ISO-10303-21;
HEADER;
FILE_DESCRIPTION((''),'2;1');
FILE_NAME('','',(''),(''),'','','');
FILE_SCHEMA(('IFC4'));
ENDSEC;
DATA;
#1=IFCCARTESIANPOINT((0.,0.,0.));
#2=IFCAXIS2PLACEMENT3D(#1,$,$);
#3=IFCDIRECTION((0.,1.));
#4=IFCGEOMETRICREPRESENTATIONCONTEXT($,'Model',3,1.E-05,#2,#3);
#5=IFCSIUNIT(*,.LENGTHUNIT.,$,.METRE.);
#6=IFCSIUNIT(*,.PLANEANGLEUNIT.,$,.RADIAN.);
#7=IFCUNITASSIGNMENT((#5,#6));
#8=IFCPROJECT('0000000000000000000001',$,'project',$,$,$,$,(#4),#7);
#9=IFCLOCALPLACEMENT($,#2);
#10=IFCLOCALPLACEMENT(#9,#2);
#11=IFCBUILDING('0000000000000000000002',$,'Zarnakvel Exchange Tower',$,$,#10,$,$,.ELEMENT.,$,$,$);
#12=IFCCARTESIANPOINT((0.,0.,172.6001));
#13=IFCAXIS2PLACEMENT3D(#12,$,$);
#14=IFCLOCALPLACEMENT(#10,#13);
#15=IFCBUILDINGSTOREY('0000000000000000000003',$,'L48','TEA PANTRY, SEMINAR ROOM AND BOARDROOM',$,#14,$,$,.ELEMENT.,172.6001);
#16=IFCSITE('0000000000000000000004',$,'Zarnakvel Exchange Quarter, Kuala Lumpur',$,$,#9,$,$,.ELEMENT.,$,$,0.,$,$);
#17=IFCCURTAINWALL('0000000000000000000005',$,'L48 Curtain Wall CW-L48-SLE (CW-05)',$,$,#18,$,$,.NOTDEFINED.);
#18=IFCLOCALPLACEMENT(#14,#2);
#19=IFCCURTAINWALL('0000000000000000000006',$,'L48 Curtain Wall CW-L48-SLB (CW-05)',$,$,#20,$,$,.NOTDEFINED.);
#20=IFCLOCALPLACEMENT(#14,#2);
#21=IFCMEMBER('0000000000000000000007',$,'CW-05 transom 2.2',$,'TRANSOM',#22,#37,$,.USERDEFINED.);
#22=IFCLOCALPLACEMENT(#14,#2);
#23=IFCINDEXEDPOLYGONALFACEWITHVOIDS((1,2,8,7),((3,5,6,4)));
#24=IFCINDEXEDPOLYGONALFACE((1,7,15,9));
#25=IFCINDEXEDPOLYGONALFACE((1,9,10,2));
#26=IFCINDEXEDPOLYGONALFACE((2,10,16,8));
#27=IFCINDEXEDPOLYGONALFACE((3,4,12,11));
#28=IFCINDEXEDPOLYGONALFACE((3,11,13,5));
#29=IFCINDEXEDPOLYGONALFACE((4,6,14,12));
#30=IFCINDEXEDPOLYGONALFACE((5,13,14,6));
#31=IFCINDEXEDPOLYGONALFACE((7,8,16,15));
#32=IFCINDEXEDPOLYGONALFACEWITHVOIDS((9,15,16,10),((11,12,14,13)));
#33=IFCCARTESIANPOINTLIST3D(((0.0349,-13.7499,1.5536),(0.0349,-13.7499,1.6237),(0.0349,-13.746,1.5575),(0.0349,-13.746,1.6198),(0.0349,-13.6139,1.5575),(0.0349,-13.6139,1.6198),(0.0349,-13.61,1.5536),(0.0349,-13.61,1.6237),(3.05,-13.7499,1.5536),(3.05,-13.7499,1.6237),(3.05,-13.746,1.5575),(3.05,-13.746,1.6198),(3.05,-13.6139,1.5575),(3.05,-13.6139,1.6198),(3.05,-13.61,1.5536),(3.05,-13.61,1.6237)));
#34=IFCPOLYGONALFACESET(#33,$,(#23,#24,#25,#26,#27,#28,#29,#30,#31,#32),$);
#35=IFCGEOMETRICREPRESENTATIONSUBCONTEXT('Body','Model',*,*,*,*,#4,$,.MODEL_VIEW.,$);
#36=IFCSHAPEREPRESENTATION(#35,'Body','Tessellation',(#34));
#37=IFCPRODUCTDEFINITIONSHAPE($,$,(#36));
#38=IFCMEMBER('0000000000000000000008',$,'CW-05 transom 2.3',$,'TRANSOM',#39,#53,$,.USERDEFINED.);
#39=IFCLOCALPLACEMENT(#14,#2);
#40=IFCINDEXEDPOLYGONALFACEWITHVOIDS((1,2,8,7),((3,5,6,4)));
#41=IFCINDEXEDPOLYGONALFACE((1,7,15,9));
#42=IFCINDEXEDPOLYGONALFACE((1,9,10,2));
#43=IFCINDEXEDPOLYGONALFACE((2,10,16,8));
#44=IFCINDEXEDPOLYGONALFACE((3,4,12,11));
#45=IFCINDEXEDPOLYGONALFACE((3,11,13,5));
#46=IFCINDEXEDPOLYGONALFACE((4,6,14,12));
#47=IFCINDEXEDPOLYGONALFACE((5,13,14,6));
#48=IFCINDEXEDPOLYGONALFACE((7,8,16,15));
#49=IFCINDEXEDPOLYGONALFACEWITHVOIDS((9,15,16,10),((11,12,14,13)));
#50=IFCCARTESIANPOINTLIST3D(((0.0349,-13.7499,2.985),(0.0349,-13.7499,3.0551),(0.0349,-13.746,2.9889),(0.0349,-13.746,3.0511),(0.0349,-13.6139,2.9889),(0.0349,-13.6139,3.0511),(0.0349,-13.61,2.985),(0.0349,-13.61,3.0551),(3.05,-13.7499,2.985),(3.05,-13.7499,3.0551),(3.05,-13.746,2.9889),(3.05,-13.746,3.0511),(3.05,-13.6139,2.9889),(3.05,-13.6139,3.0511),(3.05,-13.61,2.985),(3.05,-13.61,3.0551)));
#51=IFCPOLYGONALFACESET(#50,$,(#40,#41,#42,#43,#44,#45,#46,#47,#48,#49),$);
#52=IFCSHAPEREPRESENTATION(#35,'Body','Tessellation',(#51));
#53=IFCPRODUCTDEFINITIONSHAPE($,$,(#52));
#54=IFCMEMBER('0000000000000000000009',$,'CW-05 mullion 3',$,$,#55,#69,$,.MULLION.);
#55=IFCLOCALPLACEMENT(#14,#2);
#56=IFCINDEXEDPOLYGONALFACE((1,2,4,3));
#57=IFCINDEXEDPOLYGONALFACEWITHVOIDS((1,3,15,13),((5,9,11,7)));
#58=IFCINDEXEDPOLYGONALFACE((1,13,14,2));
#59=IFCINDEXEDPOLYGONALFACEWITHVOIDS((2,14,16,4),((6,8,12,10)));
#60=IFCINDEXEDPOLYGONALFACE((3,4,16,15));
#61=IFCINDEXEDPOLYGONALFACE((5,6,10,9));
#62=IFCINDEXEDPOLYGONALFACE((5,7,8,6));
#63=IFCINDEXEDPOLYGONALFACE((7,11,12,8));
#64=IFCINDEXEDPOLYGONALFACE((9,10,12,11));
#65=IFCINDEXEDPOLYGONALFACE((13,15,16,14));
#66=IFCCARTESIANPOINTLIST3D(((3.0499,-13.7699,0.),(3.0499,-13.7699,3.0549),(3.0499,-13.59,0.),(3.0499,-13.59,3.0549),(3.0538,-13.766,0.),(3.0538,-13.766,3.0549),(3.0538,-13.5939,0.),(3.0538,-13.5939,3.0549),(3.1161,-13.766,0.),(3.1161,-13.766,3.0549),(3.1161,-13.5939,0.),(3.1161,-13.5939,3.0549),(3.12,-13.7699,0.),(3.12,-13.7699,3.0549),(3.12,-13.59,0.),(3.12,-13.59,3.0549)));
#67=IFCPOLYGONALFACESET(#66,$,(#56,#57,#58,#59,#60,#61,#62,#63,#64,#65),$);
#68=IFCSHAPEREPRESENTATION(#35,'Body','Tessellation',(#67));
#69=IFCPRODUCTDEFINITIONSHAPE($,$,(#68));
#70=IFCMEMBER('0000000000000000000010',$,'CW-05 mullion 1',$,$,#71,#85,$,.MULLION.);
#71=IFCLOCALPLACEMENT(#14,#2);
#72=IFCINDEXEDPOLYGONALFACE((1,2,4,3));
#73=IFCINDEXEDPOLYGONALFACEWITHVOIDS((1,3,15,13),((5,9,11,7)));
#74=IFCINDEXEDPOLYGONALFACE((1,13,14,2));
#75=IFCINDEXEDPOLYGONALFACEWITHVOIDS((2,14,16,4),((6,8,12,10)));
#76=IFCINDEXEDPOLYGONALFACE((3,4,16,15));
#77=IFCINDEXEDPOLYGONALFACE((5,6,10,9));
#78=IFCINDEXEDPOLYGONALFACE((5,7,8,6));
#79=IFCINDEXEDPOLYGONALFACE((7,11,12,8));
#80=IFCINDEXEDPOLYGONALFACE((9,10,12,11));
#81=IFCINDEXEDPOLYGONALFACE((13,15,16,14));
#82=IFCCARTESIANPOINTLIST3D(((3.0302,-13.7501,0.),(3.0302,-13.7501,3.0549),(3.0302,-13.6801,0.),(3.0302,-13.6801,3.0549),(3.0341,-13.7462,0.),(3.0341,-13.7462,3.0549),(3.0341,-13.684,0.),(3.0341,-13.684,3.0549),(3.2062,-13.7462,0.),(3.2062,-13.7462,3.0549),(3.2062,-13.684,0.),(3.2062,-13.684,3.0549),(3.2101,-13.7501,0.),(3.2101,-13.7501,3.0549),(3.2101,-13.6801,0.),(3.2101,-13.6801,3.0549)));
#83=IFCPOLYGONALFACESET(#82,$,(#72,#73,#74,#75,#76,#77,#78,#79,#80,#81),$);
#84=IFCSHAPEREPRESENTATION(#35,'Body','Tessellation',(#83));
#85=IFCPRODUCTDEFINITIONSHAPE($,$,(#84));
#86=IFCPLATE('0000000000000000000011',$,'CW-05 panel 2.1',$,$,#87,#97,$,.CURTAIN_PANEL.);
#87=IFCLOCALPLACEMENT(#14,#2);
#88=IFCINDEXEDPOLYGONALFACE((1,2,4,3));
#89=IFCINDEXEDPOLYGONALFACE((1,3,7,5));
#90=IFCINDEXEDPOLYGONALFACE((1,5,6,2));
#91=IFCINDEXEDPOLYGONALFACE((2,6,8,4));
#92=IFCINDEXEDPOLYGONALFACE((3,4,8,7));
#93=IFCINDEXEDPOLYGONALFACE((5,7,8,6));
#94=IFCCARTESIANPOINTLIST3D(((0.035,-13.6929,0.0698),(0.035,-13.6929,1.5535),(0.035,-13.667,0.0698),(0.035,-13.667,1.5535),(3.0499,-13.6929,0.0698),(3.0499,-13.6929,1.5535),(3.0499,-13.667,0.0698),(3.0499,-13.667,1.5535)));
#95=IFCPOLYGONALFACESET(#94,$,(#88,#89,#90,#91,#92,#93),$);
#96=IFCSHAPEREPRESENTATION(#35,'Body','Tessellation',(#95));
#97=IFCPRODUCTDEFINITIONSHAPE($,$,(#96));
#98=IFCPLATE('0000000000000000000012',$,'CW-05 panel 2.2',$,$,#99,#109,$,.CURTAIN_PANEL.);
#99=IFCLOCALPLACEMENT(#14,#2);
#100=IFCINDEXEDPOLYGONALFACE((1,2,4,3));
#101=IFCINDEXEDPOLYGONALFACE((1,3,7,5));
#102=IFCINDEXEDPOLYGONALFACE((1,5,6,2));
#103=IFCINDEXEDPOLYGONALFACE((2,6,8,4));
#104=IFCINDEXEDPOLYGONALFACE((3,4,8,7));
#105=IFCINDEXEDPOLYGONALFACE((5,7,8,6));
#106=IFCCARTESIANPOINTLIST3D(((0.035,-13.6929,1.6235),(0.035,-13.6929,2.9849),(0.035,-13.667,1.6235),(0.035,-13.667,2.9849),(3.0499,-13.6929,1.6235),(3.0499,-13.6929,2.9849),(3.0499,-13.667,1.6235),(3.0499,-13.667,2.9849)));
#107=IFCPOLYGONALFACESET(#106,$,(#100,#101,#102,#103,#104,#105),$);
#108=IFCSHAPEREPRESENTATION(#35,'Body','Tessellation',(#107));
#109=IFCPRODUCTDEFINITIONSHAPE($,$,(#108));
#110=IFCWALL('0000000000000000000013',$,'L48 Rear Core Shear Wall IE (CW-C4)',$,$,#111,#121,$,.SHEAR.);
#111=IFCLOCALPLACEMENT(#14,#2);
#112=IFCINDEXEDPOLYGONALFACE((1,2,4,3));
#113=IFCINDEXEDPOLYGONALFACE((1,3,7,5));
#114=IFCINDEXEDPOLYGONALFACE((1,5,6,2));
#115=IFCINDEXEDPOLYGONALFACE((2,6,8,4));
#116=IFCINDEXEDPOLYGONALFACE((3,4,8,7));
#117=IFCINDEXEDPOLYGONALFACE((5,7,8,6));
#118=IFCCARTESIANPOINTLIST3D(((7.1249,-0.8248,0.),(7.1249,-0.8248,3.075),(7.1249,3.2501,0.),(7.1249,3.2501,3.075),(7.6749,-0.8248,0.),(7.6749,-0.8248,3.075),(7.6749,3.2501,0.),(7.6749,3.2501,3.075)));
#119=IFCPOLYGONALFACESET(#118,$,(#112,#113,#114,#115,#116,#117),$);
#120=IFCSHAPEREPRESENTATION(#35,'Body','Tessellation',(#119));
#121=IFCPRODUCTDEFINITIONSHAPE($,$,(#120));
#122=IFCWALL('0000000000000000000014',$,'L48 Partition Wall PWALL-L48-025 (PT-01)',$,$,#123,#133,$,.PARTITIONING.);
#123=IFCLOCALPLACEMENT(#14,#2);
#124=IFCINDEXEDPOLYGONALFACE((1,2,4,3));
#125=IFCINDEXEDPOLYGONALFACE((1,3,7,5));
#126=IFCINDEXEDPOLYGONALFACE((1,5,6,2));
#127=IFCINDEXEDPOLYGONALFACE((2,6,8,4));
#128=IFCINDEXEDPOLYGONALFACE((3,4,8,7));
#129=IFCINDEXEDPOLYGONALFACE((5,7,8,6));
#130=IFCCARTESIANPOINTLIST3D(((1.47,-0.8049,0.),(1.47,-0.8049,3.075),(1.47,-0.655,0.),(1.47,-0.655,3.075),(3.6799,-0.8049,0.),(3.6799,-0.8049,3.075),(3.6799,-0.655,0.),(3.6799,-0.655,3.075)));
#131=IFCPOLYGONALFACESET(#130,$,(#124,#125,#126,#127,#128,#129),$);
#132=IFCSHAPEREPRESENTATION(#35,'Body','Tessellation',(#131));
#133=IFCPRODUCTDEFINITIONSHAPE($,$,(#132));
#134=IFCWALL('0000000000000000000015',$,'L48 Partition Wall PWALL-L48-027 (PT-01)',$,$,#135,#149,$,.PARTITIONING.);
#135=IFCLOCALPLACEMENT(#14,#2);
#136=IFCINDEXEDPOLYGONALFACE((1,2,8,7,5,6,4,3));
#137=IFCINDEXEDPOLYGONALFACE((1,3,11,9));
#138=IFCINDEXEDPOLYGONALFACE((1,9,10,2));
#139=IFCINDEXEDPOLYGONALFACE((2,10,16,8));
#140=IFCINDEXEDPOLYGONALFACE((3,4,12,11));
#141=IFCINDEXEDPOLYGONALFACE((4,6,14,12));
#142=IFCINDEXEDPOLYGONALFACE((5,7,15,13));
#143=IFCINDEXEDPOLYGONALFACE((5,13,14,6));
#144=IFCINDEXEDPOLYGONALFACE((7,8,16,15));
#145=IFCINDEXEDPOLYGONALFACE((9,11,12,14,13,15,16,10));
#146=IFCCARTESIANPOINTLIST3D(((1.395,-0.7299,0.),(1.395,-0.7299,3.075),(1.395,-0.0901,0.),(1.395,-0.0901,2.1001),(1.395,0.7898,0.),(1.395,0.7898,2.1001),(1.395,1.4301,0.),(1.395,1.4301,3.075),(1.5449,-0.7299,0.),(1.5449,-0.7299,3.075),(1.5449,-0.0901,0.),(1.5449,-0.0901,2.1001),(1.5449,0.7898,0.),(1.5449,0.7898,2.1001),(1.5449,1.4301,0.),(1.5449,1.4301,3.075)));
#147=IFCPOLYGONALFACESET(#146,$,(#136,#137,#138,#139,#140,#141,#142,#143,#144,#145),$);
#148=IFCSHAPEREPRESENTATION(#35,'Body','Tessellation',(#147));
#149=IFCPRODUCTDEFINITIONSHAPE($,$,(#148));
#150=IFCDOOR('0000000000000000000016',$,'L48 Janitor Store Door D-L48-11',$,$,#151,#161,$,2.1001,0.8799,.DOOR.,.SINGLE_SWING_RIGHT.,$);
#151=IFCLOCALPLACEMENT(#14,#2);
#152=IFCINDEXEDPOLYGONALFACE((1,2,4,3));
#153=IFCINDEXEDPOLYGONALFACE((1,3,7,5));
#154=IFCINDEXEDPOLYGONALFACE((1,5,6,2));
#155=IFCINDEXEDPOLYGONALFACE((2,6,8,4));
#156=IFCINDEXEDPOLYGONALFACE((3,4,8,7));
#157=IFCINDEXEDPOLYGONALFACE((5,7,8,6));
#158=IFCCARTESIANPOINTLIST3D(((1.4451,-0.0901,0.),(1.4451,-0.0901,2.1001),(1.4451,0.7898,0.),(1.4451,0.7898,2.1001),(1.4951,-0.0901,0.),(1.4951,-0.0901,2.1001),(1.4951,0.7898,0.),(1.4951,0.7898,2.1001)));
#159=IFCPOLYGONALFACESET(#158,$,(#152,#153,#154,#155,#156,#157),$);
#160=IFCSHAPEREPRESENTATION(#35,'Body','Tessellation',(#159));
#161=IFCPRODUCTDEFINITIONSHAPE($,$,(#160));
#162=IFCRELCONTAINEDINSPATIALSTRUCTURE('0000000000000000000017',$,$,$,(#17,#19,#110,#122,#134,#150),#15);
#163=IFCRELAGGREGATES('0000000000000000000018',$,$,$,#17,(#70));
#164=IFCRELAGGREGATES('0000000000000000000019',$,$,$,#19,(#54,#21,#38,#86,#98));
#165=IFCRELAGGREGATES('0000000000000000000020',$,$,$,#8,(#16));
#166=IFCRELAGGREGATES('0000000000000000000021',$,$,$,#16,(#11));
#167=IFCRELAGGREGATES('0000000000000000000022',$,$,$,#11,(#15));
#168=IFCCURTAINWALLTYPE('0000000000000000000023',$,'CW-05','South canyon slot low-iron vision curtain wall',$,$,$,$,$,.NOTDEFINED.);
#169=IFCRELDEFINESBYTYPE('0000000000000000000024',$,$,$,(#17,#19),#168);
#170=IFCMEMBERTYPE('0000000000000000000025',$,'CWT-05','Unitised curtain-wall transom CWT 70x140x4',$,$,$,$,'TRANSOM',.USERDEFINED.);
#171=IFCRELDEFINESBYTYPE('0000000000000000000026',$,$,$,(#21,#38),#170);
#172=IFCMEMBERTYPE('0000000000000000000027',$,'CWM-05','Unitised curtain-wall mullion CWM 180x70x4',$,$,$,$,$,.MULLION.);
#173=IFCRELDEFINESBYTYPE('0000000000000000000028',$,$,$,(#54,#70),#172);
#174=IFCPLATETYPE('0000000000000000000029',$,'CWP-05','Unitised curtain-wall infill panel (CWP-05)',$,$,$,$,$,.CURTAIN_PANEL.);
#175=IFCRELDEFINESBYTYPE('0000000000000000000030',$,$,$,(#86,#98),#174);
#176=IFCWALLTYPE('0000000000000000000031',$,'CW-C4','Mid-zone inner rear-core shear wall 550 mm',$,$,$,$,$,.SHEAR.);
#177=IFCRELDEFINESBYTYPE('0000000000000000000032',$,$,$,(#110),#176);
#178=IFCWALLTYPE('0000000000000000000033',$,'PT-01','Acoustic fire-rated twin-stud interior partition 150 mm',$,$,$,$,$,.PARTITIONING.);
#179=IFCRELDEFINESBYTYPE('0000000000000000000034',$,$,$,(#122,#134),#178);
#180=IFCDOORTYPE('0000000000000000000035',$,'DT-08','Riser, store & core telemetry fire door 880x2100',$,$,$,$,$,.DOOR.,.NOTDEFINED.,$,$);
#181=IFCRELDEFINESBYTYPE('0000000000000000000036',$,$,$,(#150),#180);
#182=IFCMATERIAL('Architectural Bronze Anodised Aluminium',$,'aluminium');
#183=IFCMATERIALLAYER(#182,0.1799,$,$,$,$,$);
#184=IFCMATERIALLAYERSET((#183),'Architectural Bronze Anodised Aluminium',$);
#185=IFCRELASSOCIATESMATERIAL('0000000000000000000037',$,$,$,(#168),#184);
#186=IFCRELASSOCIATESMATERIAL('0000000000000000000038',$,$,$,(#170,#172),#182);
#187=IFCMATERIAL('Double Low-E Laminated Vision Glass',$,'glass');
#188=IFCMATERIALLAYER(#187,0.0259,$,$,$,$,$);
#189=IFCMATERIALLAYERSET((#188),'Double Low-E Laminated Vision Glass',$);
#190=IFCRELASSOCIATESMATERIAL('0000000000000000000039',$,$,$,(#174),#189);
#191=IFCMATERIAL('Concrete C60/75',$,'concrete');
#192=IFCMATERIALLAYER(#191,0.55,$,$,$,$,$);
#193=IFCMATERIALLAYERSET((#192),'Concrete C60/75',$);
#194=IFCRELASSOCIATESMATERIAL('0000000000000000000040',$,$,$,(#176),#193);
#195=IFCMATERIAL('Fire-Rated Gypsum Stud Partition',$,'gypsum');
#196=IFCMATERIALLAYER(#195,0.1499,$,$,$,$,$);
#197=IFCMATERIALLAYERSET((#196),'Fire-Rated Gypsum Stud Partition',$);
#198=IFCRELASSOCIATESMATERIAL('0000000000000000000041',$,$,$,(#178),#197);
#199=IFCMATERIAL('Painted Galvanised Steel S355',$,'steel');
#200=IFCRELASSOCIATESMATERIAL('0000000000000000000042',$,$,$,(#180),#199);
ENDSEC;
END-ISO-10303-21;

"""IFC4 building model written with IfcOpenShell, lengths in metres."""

from ifc_helpers import new_model, si_unit, direction, frame, frame_2d, origin, origin_2d, place, context, subcontext, project, spatial, rectangle, hollow_rectangle, extrude, source, transform, mapped, material, layer, layer_set, material_profile, profile_set, type_object, element, fill, aggregate, save


model = new_model("IFC4")

# Units and contexts
model_context = context("Model", 3, precision=1e-05, world=origin(), true_north=direction((0.0, 1.0)))
body_context = subcontext(model_context, "Body", "Model", "MODEL_VIEW")
ifc_project = project(units=[si_unit("LENGTHUNIT", "METRE"), si_unit("PLANEANGLEUNIT", "RADIAN")], contexts=[model_context])

# Site, building, storey
site_placement = place(None, origin())
site = spatial("IfcSite", under=ifc_project, at=site_placement, Name="Zarnakvel Exchange Quarter, Kuala Lumpur", CompositionType="ELEMENT", RefElevation=0.0)
building_placement = place(site_placement, origin())
building = spatial("IfcBuilding", under=site, at=building_placement, Name="Zarnakvel Exchange Tower", CompositionType="ELEMENT")
storey_placement = place(building_placement, frame((0.0, 0.0, 172.6001)))
storey = spatial("IfcBuildingStorey", under=building, at=storey_placement, Name="L48", Description="TEA PANTRY, SEMINAR ROOM AND BOARDROOM", CompositionType="ELEMENT", Elevation=172.6001)

# Shared definitions
ifc_material_1 = material(Name="Concrete C60/75", Category="concrete")

# Curtain wall
ifc_material_2 = material(Name="Architectural Bronze Anodised Aluminium", Category="aluminium")
ifc_layer_1 = layer(ifc_material_2, 0.1799)
ifc_layer_set_1 = layer_set([ifc_layer_1], Name="Architectural Bronze Anodised Aluminium")
curtain_wall_type = type_object("IfcCurtainWallType", Name="CW-05", Description="South canyon slot low-iron vision curtain wall", PredefinedType="NOTDEFINED", material=ifc_layer_set_1)
curtain_wall_1_placement = place(storey_placement, origin())
curtain_wall_1 = element("IfcCurtainWall", 1, at=curtain_wall_1_placement, inside=storey, type_object=curtain_wall_type, Name="L48 Curtain Wall CW-L48-SLE (CW-05)", PredefinedType="NOTDEFINED")
ifc_material_profile_1 = material_profile(ifc_material_2, hollow_rectangle(XDim=0.1399, YDim=0.0701, WallThickness=0.0039, at=origin_2d()))
ifc_profile_set_1 = profile_set([ifc_material_profile_1], Name="Architectural Bronze Anodised Aluminium")
member_type_1 = type_object("IfcMemberType", Name="CWT-05", Description="Unitised curtain-wall transom CWT 70x140x4", ElementType="TRANSOM", PredefinedType="USERDEFINED", material=ifc_profile_set_1)

# Curtain wall, members
curtain_wall_2_placement = place(storey_placement, origin())
curtain_wall_2 = element("IfcCurtainWall", 2, at=curtain_wall_2_placement, inside=storey, type_object=curtain_wall_type, Name="L48 Curtain Wall CW-L48-SLB (CW-05)", PredefinedType="NOTDEFINED")
shared_shape_1 = source(origin(), body_context, "Body", "SweptSolid", [
    extrude(hollow_rectangle(XDim=0.1399, YDim=0.0701, WallThickness=0.0039, at=origin_2d()), origin(), (0.0, 0.0, 1.0), 3.0151),
])
member_1_placement = place(storey_placement, frame((0.0349, -13.6799, 1.5886), z_axis=(1.0, 0.0, 0.0), x_axis=(0.0, 1.0, 0.0)))
member_1 = element("IfcMember", 3, at=member_1_placement, type_object=member_type_1, Name="CW-05 transom 2.2", ObjectType="TRANSOM", PredefinedType="USERDEFINED", context=body_context, shape_type="MappedRepresentation", body=[
    mapped(shared_shape_1, transform((0.0, 0.0, 0.0), x_axis=(1.0, 0.0, 0.0), y_axis=(0.0, 1.0, 0.0), z_axis=(0.0, 0.0, 1.0), scale=1.0)),
])
member_2_placement = place(storey_placement, frame((0.0349, -13.6799, 3.02), z_axis=(1.0, 0.0, 0.0), x_axis=(0.0, 1.0, 0.0)))
member_2 = element("IfcMember", 4, at=member_2_placement, type_object=member_type_1, Name="CW-05 transom 2.3", ObjectType="TRANSOM", PredefinedType="USERDEFINED", context=body_context, shape_type="MappedRepresentation", body=[
    mapped(shared_shape_1, transform((0.0, 0.0, 0.0), x_axis=(1.0, 0.0, 0.0), y_axis=(0.0, 1.0, 0.0), z_axis=(0.0, 0.0, 1.0), scale=1.0)),
])
ifc_material_profile_2 = material_profile(ifc_material_2, hollow_rectangle(XDim=0.1799, YDim=0.0701, WallThickness=0.0039, at=origin_2d()))
ifc_profile_set_2 = profile_set([ifc_material_profile_2], Name="Architectural Bronze Anodised Aluminium")
member_type_2 = type_object("IfcMemberType", Name="CWM-05", Description="Unitised curtain-wall mullion CWM 180x70x4", PredefinedType="MULLION", material=ifc_profile_set_2)
shared_shape_2 = source(origin(), body_context, "Body", "SweptSolid", [
    extrude(hollow_rectangle(XDim=0.1799, YDim=0.0701, WallThickness=0.0039, at=origin_2d()), origin(), (0.0, 0.0, 1.0), 3.0549),
])
member_3_placement = place(storey_placement, frame((3.085, -13.6799, 0.0), z_axis=(0.0, 0.0, 1.0), x_axis=(0.0, 1.0, 0.0)))
member_3 = element("IfcMember", 5, at=member_3_placement, type_object=member_type_2, Name="CW-05 mullion 3", PredefinedType="MULLION", context=body_context, shape_type="MappedRepresentation", body=[
    mapped(shared_shape_2, transform((0.0, 0.0, 0.0), x_axis=(1.0, 0.0, 0.0), y_axis=(0.0, 1.0, 0.0), z_axis=(0.0, 0.0, 1.0), scale=1.0)),
])

# Member
member_4_placement = place(storey_placement, frame((3.1201, -13.7151, 0.0), z_axis=(0.0, 0.0, 1.0), x_axis=(1.0, 0.0, 0.0)))
member_4 = element("IfcMember", 6, at=member_4_placement, type_object=member_type_2, Name="CW-05 mullion 1", PredefinedType="MULLION", context=body_context, shape_type="MappedRepresentation", body=[
    mapped(shared_shape_2, transform((0.0, 0.0, 0.0), x_axis=(1.0, 0.0, 0.0), y_axis=(0.0, 1.0, 0.0), z_axis=(0.0, 0.0, 1.0), scale=1.0)),
])
aggregate(curtain_wall_1, [member_4])

# Plates
ifc_material_3 = material(Name="Double Low-E Laminated Vision Glass", Category="glass")
ifc_layer_2 = layer(ifc_material_3, 0.0259)
ifc_layer_set_2 = layer_set([ifc_layer_2], Name="Double Low-E Laminated Vision Glass")
plate_type = type_object("IfcPlateType", Name="CWP-05", Description="Unitised curtain-wall infill panel (CWP-05)", PredefinedType="CURTAIN_PANEL", material=ifc_layer_set_2)
shared_shape_3 = source(origin(), body_context, "Body", "SweptSolid", [
    extrude(rectangle(XDim=3.0149, YDim=0.0259, at=origin_2d()), origin(), (0.0, 0.0, 1.0), 1.4836),
])
plate_1_placement = place(storey_placement, frame((1.5425, -13.6799, 0.0698), z_axis=(0.0, 0.0, 1.0), x_axis=(1.0, 0.0, 0.0)))
plate_1 = element("IfcPlate", 7, at=plate_1_placement, type_object=plate_type, Name="CW-05 panel 2.1", PredefinedType="CURTAIN_PANEL", context=body_context, shape_type="MappedRepresentation", body=[
    mapped(shared_shape_3, transform((0.0, 0.0, 0.0), x_axis=(1.0, 0.0, 0.0), y_axis=(0.0, 1.0, 0.0), z_axis=(0.0, 0.0, 1.0), scale=1.0)),
])
shared_shape_4 = source(origin(), body_context, "Body", "SweptSolid", [
    extrude(rectangle(XDim=3.0149, YDim=0.0259, at=origin_2d()), origin(), (0.0, 0.0, 1.0), 1.3613),
])
plate_2_placement = place(storey_placement, frame((1.5425, -13.6799, 1.6235), z_axis=(0.0, 0.0, 1.0), x_axis=(1.0, 0.0, 0.0)))
plate_2 = element("IfcPlate", 8, at=plate_2_placement, type_object=plate_type, Name="CW-05 panel 2.2", PredefinedType="CURTAIN_PANEL", context=body_context, shape_type="MappedRepresentation", body=[
    mapped(shared_shape_4, transform((0.0, 0.0, 0.0), x_axis=(1.0, 0.0, 0.0), y_axis=(0.0, 1.0, 0.0), z_axis=(0.0, 0.0, 1.0), scale=1.0)),
])
aggregate(curtain_wall_2, [member_3, member_1, member_2, plate_1, plate_2])

# Walls
ifc_layer_3 = layer(ifc_material_1, 0.55)
ifc_layer_set_3 = layer_set([ifc_layer_3], Name="Concrete C60/75")
wall_type_1 = type_object("IfcWallType", Name="CW-C4", Description="Mid-zone inner rear-core shear wall 550 mm", PredefinedType="SHEAR", material=ifc_layer_set_3)
wall_1_placement = place(storey_placement, frame((7.3999, -0.825, 0.0), z_axis=(0.0, 0.0, 1.0), x_axis=(0.0, 1.0, 0.0)))
element("IfcWall", 9, at=wall_1_placement, inside=storey, type_object=wall_type_1, Name="L48 Rear Core Shear Wall IE (CW-C4)", PredefinedType="SHEAR", context=body_context, shape_type="SweptSolid", body=[
    extrude(rectangle(XDim=4.075, YDim=0.55, at=frame_2d((2.0376, 0.0))), origin(), (0.0, 0.0, 1.0), 3.075),
])
ifc_material_4 = material(Name="Fire-Rated Gypsum Stud Partition", Category="gypsum")
ifc_layer_4 = layer(ifc_material_4, 0.1499)
ifc_layer_set_4 = layer_set([ifc_layer_4], Name="Fire-Rated Gypsum Stud Partition")
wall_type_2 = type_object("IfcWallType", Name="PT-01", Description="Acoustic fire-rated twin-stud interior partition 150 mm", PredefinedType="PARTITIONING", material=ifc_layer_set_4)
wall_2_placement = place(storey_placement, frame((3.6799, -0.73, 0.0), z_axis=(0.0, 0.0, 1.0), x_axis=(-1.0, 0.0, 0.0)))
element("IfcWall", 10, at=wall_2_placement, inside=storey, type_object=wall_type_2, Name="L48 Partition Wall PWALL-L48-025 (PT-01)", PredefinedType="PARTITIONING", context=body_context, shape_type="SweptSolid", body=[
    extrude(rectangle(XDim=2.21, YDim=0.1499, at=frame_2d((1.105, 0.0))), origin(), (0.0, 0.0, 1.0), 3.075),
])

# Wall, opening, door
wall_3_placement = place(storey_placement, frame((1.47, -0.73, 0.0), z_axis=(0.0, 0.0, 1.0), x_axis=(0.0, 1.0, 0.0)))
wall_3 = element("IfcWall", 11, at=wall_3_placement, inside=storey, type_object=wall_type_2, Name="L48 Partition Wall PWALL-L48-027 (PT-01)", PredefinedType="PARTITIONING", context=body_context, shape_type="SweptSolid", body=[
    extrude(rectangle(XDim=2.1599, YDim=0.1499, at=frame_2d((1.0801, 0.0))), origin(), (0.0, 0.0, 1.0), 3.075),
])
opening_1_placement = place(wall_3_placement, frame((0.6399, 0.0, 0.0)))
opening_1 = element("IfcOpeningElement", 12, at=opening_1_placement, cuts=wall_3, PredefinedType="OPENING", context=body_context, shape_type="SweptSolid", body=[
    extrude(rectangle(XDim=0.8799, YDim=2.1001, at=frame_2d((0.4399, 1.05))), frame((0.0, 0.085, 0.0), z_axis=(0.0, -1.0, 0.0), x_axis=(1.0, 0.0, 0.0)), (0.0, 0.0, 1.0), 0.1699),
])
ifc_material_5 = material(Name="Painted Galvanised Steel S355", Category="steel")
door_type_1 = type_object("IfcDoorType", Name="DT-08", Description="Riser, store & core telemetry fire door 880x2100", OperationType="NOTDEFINED", PredefinedType="DOOR", material=ifc_material_5)
shared_shape_5 = source(origin(), body_context, "Body", "SweptSolid", [
    extrude(rectangle(XDim=0.8799, YDim=2.1001, at=frame_2d((0.4399, 1.05))), frame((0.0, 0.0249, 0.0), z_axis=(0.0, -1.0, 0.0), x_axis=(1.0, 0.0, 0.0)), (0.0, 0.0, 1.0), 0.05),
])
door_1_placement = place(opening_1_placement, origin())
door_1 = element("IfcDoor", 13, at=door_1_placement, inside=storey, type_object=door_type_1, Name="L48 Janitor Store Door D-L48-11", OperationType="SINGLE_SWING_RIGHT", OverallHeight=2.1001, OverallWidth=0.8799, PredefinedType="DOOR", context=body_context, shape_type="MappedRepresentation", body=[
    mapped(shared_shape_5, transform((0.0, 0.0, 0.0), x_axis=(1.0, 0.0, 0.0), y_axis=(0.0, 1.0, 0.0), z_axis=(0.0, 0.0, 1.0), scale=1.0)),
])
fill(opening_1, door_1)

save(model, "model.ifc")
